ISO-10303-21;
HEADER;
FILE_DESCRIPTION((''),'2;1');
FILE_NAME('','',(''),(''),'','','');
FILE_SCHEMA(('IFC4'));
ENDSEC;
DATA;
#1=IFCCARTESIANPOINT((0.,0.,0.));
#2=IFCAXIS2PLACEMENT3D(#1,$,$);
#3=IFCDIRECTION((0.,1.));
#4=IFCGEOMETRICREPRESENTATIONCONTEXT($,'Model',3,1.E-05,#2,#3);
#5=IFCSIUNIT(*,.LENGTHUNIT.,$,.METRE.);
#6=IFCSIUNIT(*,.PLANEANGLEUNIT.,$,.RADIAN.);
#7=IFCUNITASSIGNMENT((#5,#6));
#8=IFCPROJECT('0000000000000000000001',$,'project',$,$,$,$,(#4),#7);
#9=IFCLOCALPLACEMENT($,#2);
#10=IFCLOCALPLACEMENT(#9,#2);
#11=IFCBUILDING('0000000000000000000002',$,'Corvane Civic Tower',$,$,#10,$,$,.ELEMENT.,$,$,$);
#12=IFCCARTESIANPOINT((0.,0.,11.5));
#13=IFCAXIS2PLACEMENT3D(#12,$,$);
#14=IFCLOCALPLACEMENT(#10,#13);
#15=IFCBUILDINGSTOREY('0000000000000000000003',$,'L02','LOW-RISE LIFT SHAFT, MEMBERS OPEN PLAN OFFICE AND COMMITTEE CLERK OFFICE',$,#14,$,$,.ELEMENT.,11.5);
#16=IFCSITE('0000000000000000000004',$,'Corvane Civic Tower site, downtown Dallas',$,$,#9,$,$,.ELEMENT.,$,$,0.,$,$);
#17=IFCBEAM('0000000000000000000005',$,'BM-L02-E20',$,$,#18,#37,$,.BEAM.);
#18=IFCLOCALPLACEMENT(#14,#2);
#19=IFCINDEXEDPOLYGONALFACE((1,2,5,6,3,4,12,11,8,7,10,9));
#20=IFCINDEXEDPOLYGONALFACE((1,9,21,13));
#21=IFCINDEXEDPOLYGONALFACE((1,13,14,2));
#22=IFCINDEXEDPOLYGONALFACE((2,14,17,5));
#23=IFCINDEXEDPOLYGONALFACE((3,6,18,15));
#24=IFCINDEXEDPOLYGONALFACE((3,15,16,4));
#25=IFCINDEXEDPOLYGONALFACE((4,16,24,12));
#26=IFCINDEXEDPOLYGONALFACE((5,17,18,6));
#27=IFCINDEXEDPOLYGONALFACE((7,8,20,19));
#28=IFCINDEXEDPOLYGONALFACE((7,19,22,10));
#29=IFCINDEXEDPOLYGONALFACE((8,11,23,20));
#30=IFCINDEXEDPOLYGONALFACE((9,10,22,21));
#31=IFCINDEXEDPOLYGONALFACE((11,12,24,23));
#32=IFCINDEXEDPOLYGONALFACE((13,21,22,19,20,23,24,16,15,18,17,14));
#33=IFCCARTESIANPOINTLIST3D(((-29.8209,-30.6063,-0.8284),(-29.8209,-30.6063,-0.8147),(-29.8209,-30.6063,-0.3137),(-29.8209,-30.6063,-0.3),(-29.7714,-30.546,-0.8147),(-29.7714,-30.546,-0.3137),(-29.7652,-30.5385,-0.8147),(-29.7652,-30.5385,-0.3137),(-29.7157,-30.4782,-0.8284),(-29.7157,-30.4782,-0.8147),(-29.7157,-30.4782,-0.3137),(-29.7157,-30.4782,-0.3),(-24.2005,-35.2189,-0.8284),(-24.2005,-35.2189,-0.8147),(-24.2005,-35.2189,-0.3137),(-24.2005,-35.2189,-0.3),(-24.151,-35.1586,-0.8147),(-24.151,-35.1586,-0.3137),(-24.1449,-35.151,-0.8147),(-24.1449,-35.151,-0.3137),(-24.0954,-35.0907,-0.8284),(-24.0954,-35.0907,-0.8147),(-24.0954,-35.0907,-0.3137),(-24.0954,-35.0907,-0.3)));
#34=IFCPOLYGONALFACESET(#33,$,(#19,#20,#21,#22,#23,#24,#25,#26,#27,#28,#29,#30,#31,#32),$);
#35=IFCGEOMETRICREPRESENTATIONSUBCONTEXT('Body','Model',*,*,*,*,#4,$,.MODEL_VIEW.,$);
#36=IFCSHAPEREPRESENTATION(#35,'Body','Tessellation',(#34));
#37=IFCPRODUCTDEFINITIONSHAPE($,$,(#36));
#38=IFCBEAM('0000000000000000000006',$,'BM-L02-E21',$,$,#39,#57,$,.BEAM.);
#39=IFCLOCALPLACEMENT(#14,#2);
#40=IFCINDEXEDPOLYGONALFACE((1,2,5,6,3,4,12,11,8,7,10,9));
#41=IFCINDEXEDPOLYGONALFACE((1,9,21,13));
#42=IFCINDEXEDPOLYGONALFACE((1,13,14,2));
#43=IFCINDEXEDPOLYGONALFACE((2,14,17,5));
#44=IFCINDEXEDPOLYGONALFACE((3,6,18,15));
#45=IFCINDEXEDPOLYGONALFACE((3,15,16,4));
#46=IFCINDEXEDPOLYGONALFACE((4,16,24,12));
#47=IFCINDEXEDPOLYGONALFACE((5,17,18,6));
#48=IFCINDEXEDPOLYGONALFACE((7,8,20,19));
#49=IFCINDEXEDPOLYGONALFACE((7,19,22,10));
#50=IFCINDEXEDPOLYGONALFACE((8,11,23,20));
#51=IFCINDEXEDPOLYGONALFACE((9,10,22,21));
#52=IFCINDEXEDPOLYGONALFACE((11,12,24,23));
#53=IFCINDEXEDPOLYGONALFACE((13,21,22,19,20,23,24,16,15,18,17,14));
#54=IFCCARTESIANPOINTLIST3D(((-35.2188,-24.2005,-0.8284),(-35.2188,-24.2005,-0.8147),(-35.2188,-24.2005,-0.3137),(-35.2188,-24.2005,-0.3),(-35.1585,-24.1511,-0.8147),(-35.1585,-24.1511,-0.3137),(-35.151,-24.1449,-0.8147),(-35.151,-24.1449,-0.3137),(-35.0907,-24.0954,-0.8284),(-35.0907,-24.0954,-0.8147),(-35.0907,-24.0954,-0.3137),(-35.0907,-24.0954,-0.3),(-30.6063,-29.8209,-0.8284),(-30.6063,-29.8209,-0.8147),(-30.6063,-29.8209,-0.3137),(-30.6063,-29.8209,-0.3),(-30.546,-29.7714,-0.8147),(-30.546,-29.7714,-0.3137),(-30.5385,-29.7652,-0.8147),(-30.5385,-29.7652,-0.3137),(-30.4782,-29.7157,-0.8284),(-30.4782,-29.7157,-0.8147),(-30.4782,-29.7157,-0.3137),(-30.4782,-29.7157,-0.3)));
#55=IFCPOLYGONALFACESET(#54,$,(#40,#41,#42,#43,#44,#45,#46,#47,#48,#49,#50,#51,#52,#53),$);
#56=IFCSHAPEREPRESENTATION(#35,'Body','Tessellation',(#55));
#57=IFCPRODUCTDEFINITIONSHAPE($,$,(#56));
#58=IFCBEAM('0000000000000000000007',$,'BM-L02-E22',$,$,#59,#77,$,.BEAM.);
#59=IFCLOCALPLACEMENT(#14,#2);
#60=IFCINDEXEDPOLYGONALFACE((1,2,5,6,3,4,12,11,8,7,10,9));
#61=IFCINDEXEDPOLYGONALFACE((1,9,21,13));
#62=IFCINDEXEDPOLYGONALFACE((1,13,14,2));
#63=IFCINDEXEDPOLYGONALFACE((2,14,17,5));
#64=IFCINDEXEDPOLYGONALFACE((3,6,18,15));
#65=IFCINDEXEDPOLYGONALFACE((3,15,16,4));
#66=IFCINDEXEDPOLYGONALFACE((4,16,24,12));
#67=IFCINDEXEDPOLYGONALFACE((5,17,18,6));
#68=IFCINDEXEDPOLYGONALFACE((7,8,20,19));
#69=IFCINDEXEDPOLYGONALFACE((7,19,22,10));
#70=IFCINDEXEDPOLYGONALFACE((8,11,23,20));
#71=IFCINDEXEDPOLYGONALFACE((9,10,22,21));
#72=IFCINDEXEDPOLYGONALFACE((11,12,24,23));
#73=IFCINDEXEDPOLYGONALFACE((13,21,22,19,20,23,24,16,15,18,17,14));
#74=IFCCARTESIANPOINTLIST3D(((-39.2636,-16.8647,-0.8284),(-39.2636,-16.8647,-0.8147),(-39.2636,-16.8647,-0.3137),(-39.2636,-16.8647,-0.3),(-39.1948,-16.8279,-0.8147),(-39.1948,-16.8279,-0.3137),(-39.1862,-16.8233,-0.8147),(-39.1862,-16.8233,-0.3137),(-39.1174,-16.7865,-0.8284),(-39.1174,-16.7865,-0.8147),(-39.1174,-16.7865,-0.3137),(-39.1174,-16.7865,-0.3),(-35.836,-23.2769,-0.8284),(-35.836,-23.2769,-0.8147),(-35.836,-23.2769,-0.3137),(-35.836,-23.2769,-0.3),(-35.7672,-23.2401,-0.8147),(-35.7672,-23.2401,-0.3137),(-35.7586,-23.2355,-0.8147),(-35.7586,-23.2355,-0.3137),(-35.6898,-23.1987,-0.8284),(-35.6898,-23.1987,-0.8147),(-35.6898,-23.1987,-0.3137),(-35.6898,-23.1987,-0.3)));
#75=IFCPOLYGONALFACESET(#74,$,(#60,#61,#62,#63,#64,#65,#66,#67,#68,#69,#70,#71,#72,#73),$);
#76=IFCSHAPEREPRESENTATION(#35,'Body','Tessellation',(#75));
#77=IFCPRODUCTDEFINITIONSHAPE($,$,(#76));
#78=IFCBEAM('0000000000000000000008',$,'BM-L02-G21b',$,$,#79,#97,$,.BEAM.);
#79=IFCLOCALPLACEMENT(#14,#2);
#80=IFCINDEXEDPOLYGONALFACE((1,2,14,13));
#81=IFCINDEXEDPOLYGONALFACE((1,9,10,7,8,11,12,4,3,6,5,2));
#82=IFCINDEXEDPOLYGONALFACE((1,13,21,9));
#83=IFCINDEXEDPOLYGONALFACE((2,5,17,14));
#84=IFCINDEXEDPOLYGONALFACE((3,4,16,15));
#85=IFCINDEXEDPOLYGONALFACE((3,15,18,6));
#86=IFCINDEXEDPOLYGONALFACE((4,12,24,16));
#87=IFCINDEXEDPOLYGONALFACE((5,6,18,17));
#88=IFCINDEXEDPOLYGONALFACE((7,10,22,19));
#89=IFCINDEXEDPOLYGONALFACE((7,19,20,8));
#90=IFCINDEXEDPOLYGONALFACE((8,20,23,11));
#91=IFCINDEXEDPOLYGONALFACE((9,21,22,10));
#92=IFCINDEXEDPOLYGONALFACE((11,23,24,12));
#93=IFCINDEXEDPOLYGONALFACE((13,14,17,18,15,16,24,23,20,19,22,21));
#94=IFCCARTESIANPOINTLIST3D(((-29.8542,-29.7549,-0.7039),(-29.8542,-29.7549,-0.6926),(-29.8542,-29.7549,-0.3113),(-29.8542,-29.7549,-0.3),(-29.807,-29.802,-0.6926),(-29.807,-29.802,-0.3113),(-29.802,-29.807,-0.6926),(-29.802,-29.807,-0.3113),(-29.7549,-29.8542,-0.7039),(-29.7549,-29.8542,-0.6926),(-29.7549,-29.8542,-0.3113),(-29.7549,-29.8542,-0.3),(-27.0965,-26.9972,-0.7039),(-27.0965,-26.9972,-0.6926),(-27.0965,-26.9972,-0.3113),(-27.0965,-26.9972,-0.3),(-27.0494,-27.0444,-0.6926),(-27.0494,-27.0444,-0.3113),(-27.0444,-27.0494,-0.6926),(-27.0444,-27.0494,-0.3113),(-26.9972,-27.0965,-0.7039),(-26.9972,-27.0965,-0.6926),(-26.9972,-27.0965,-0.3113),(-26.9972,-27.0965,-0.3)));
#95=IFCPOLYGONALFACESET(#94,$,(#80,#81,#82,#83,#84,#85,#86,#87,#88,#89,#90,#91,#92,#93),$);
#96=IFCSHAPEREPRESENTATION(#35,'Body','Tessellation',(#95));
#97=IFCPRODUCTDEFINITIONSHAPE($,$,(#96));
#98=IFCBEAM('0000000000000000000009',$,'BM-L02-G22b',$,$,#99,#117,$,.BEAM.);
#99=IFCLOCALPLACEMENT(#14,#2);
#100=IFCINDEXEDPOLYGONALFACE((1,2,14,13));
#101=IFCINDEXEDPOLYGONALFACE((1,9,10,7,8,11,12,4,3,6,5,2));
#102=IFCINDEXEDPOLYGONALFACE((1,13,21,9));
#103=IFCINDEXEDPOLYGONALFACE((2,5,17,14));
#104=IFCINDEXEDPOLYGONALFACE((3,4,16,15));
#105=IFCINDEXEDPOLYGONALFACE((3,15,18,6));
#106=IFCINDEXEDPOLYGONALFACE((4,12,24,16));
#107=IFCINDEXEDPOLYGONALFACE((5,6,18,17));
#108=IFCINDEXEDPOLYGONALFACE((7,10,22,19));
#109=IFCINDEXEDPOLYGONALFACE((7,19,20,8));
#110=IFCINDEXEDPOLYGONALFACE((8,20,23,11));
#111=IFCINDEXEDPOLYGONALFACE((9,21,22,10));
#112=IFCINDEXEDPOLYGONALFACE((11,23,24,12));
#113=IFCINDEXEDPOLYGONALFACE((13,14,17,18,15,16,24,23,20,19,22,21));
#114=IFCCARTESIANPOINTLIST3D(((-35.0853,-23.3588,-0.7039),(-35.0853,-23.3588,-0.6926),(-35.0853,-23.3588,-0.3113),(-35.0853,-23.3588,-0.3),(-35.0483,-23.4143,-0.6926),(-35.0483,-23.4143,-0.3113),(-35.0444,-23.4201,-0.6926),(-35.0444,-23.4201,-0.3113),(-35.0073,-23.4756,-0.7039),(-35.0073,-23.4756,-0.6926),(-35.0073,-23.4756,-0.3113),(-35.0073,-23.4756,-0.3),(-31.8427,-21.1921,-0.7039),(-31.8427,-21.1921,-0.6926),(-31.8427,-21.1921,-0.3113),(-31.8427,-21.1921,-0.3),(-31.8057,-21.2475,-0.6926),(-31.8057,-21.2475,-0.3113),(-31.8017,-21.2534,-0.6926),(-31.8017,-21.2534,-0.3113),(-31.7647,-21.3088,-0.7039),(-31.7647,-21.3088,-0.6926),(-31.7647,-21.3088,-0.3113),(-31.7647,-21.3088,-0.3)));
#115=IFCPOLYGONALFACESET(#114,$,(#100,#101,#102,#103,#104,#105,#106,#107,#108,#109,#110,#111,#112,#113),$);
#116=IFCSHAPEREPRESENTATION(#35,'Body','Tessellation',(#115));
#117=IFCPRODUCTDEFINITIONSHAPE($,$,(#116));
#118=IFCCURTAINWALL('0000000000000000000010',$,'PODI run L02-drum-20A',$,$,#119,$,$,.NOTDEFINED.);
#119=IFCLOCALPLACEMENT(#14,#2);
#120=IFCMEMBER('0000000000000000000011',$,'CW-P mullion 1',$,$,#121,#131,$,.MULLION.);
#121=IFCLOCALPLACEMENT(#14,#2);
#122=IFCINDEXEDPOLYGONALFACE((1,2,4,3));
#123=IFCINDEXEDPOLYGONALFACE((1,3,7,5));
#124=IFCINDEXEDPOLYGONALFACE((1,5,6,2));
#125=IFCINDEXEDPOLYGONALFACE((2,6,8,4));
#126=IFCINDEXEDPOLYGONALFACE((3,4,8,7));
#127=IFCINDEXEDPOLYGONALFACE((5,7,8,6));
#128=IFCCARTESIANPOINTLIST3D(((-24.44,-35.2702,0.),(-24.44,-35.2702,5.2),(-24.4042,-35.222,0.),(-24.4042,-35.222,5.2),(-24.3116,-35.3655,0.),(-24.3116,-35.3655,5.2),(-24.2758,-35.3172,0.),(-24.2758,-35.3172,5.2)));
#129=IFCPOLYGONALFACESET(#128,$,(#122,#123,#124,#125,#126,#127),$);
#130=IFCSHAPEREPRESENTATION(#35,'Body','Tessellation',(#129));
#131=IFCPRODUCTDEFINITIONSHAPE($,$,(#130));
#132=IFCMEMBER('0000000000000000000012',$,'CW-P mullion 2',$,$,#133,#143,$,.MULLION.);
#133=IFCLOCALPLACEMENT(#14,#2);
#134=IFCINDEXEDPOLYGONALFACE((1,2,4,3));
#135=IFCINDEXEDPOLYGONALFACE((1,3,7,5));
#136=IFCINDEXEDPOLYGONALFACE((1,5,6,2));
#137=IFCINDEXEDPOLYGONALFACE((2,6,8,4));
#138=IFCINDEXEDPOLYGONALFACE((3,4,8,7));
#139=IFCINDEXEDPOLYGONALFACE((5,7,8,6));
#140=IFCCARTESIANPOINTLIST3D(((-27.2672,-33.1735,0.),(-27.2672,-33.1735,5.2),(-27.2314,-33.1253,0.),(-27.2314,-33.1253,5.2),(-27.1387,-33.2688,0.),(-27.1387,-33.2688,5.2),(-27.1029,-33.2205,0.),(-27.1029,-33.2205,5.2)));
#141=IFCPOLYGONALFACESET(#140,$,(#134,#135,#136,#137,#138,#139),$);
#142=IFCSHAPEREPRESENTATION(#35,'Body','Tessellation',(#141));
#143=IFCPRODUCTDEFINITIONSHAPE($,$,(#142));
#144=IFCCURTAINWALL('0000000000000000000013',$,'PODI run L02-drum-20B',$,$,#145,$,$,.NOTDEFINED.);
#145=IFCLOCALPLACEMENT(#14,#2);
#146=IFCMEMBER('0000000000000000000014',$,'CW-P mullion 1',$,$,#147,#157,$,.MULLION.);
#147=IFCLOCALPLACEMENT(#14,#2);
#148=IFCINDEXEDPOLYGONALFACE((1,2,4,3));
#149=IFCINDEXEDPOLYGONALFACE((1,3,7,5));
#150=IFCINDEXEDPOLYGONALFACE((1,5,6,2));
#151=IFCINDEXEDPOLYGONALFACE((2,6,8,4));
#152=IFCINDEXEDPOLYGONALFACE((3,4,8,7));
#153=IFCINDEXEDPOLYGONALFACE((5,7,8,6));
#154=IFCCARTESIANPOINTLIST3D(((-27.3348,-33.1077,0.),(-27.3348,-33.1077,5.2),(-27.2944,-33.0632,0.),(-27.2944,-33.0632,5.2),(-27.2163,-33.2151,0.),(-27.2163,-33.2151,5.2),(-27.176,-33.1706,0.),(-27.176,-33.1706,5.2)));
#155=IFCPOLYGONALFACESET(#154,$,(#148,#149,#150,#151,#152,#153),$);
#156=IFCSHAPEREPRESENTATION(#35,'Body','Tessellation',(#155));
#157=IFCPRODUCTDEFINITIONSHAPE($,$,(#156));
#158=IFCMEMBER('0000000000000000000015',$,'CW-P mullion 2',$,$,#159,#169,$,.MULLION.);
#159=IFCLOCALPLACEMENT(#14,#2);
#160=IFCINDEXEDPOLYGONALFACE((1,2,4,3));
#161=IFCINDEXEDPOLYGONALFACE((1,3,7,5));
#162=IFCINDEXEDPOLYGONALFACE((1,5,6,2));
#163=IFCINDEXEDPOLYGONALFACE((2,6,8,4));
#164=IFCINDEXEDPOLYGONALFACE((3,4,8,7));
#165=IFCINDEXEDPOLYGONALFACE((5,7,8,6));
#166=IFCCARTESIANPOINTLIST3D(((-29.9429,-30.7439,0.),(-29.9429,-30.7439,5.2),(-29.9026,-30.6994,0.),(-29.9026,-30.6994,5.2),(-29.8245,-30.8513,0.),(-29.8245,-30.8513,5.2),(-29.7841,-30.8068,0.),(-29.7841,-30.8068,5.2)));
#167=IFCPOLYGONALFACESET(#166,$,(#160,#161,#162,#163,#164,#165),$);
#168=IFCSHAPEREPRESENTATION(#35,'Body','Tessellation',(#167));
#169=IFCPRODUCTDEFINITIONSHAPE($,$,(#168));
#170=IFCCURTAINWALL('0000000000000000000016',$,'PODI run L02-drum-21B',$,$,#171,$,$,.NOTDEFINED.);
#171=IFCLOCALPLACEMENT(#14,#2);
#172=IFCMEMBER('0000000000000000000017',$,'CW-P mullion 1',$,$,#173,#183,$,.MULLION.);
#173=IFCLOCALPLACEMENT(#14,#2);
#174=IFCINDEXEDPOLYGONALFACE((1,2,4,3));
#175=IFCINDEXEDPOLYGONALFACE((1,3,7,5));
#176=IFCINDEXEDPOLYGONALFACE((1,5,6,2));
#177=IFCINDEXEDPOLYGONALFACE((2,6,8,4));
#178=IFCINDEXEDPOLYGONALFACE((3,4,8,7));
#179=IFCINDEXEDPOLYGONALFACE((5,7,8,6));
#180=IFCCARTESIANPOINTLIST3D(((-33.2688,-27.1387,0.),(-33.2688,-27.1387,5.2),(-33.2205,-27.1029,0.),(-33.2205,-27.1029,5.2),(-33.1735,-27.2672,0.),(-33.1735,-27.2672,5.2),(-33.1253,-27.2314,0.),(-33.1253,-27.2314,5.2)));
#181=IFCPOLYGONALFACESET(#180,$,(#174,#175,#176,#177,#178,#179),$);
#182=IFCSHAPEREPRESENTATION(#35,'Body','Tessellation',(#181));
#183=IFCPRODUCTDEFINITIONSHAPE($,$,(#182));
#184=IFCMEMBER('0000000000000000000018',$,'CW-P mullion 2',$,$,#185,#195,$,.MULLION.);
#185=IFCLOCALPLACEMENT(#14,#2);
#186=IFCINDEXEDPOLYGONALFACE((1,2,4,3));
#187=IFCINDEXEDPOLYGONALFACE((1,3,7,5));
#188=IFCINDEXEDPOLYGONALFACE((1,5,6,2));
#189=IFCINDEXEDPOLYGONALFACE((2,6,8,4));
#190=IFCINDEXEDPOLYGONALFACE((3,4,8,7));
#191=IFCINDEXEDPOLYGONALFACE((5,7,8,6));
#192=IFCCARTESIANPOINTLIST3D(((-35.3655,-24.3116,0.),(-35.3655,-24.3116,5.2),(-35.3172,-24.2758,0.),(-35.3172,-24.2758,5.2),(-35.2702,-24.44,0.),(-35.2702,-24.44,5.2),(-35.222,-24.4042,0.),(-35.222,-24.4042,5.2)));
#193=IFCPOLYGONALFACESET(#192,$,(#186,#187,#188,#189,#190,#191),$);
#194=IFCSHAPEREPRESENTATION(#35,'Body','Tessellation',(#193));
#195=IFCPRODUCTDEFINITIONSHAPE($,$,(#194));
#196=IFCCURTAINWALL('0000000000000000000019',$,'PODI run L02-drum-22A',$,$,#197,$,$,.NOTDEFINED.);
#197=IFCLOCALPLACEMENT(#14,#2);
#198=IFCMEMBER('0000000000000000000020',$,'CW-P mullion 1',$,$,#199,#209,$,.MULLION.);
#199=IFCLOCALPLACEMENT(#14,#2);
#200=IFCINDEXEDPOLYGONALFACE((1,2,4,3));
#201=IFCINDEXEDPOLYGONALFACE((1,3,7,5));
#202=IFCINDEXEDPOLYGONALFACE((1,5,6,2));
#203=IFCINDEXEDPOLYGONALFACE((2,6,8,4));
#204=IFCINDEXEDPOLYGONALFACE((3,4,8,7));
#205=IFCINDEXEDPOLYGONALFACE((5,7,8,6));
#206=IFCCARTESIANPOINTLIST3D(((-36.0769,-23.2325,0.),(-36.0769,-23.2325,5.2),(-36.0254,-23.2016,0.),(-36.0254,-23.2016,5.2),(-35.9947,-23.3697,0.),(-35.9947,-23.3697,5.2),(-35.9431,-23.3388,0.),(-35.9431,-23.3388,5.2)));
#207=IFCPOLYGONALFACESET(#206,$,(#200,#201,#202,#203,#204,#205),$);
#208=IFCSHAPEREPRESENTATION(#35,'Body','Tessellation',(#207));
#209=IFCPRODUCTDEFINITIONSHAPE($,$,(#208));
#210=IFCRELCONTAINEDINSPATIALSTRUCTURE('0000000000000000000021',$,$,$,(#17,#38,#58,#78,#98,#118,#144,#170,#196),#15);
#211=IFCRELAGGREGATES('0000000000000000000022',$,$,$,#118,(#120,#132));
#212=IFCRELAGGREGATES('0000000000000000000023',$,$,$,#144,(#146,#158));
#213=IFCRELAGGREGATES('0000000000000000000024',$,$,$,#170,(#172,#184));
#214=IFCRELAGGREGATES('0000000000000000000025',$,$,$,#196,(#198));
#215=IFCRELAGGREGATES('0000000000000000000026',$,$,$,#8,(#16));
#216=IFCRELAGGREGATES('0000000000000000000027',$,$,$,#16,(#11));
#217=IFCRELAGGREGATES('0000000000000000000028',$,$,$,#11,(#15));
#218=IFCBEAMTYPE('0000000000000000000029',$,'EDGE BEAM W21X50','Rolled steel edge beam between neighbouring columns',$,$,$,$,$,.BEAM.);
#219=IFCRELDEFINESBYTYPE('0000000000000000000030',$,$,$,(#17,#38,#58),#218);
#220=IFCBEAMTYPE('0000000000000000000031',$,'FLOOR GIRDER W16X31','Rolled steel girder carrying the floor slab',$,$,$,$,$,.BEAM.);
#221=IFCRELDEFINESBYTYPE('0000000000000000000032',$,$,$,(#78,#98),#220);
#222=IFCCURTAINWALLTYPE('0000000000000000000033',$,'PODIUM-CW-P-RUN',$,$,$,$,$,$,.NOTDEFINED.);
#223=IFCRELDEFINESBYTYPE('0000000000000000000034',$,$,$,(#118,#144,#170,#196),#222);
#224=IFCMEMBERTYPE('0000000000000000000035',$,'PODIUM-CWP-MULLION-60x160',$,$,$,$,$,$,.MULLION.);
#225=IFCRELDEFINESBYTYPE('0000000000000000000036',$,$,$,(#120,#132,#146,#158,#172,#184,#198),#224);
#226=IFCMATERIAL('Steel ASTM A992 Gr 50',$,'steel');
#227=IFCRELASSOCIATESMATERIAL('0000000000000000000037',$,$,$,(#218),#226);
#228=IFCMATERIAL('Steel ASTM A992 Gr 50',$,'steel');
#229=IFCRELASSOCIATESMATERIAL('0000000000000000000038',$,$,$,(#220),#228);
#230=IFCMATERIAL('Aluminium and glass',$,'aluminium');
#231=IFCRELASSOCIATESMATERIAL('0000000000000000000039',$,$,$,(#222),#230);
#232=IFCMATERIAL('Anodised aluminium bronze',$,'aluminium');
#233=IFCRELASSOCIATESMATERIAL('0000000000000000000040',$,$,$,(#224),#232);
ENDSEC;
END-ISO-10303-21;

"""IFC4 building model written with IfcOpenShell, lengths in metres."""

from ifc_helpers import new_model, si_unit, direction, frame, origin, origin_2d, place, context, subcontext, project, spatial, rectangle, i_section, extrude, material, material_profile, profile_set, type_object, element, aggregate, save


model = new_model("IFC4")

# Units and contexts
model_context = context("Model", 3, precision=1e-05, world=origin(), true_north=direction((0.0, 1.0)))
body_context = subcontext(model_context, "Body", "Model", "MODEL_VIEW")
ifc_project = project(units=[si_unit("LENGTHUNIT", "METRE"), si_unit("PLANEANGLEUNIT", "RADIAN")], contexts=[model_context])

# Site, building, storey
site_placement = place(None, origin())
site = spatial("IfcSite", under=ifc_project, at=site_placement, Name="Corvane Civic Tower site, downtown Dallas", CompositionType="ELEMENT", RefElevation=0.0)
building_placement = place(site_placement, origin())
building = spatial("IfcBuilding", under=site, at=building_placement, Name="Corvane Civic Tower", CompositionType="ELEMENT")
storey_placement = place(building_placement, frame((0.0, 0.0, 11.5)))
storey = spatial("IfcBuildingStorey", under=building, at=storey_placement, Name="L02", Description="LOW-RISE LIFT SHAFT, MEMBERS OPEN PLAN OFFICE AND COMMITTEE CLERK OFFICE", CompositionType="ELEMENT", Elevation=11.5)

# Beams
ifc_material_1 = material(Name="Steel ASTM A992 Gr 50", Category="steel")
ifc_material_profile_1 = material_profile(ifc_material_1, i_section(OverallWidth=0.1658, OverallDepth=0.5283, WebThickness=0.0098, FlangeThickness=0.0137, at=origin_2d()), Name="W21X50")
ifc_profile_set_1 = profile_set([ifc_material_profile_1], Name="Steel ASTM A992 Gr 50")
beam_type_1 = type_object("IfcBeamType", Name="EDGE BEAM W21X50", Description="Rolled steel edge beam between neighbouring columns", PredefinedType="BEAM", material=ifc_profile_set_1)
for number, where, z_axis, x_axis, name in (
    (1, (-24.1479, -35.1548, -0.5642), (-0.773008, 0.634396, 0.0), (-0.634396, -0.773008, 0.0), "BM-L02-E20"),
    (2, (-30.5422, -29.7683, -0.5642), (-0.634396, 0.773008, 0.0), (-0.773008, -0.634396, 0.0), "BM-L02-E21"),
    (3, (-35.7629, -23.2378, -0.5642), (-0.471412, 0.881913, 0.0), (-0.881913, -0.471412, 0.0), "BM-L02-E22"),
):
    element("IfcBeam", number, at=place(storey_placement, frame(where, z_axis=z_axis, x_axis=x_axis)), inside=storey, type_object=beam_type_1, Name=name, PredefinedType="BEAM", context=body_context, shape_type="SweptSolid", body=[
        extrude(i_section(OverallWidth=0.1658, OverallDepth=0.5283, WebThickness=0.0098, FlangeThickness=0.0137, at=origin_2d()), origin(), (0.0, 0.0, 1.0), 7.2708),
    ])
ifc_material_2 = material(Name="Steel ASTM A992 Gr 50", Category="steel")
ifc_material_profile_2 = material_profile(ifc_material_2, i_section(OverallWidth=0.1404, OverallDepth=0.4038, WebThickness=0.0071, FlangeThickness=0.0112, at=origin_2d()), Name="W16X31")
ifc_profile_set_2 = profile_set([ifc_material_profile_2], Name="Steel ASTM A992 Gr 50")
beam_type_2 = type_object("IfcBeamType", Name="FLOOR GIRDER W16X31", Description="Rolled steel girder carrying the floor slab", PredefinedType="BEAM", material=ifc_profile_set_2)
for number, where, z_axis, x_axis, name in (
    (4, (-27.0469, -27.0469, -0.502), (-0.707107, -0.707107, 0.0), (0.707107, -0.707107, 0.0), "BM-L02-G21b"),
    (5, (-31.8037, -21.2505, -0.502), (-0.831462, -0.555581, 0.0), (0.555581, -0.831462, 0.0), "BM-L02-G22b"),
):
    element("IfcBeam", number, at=place(storey_placement, frame(where, z_axis=z_axis, x_axis=x_axis)), inside=storey, type_object=beam_type_2, Name=name, PredefinedType="BEAM", context=body_context, shape_type="SweptSolid", body=[
        extrude(i_section(OverallWidth=0.1404, OverallDepth=0.4038, WebThickness=0.0071, FlangeThickness=0.0112, at=origin_2d()), origin(), (0.0, 0.0, 1.0), 3.8999),
    ])

# Curtain walls, members
ifc_material_3 = material(Name="Aluminium and glass", Category="aluminium")
curtain_wall_type = type_object("IfcCurtainWallType", Name="PODIUM-CW-P-RUN", PredefinedType="NOTDEFINED", material=ifc_material_3)
curtain_wall_1_placement = place(storey_placement, origin())
curtain_wall_1 = element("IfcCurtainWall", 6, at=curtain_wall_1_placement, inside=storey, type_object=curtain_wall_type, Name="PODI run L02-drum-20A", PredefinedType="NOTDEFINED")
ifc_material_4 = material(Name="Anodised aluminium bronze", Category="aluminium")
ifc_material_profile_3 = material_profile(ifc_material_4, rectangle(XDim=0.0601, YDim=0.1599, at=origin_2d()), Name="AL 60x160")
ifc_profile_set_3 = profile_set([ifc_material_profile_3], Name="Anodised aluminium bronze")
member_type_1 = type_object("IfcMemberType", Name="PODIUM-CWP-MULLION-60x160", PredefinedType="MULLION", material=ifc_profile_set_3)
member_1_placement = place(storey_placement, frame((-24.3579, -35.2937, 0.0), z_axis=(0.0, 0.0, 1.0), x_axis=(-0.595705, -0.803203, 0.0)))
member_1 = element("IfcMember", 7, at=member_1_placement, type_object=member_type_1, Name="CW-P mullion 1", PredefinedType="MULLION", context=body_context, shape_type="SweptSolid", body=[
    extrude(rectangle(XDim=0.0601, YDim=0.1599, at=origin_2d()), origin(), (0.0, 0.0, 1.0), 5.2),
])
member_2_placement = place(storey_placement, frame((-27.1851, -33.197, 0.0), z_axis=(0.0, 0.0, 1.0), x_axis=(-0.595705, -0.803203, 0.0)))
member_2 = element("IfcMember", 8, at=member_2_placement, type_object=member_type_1, Name="CW-P mullion 2", PredefinedType="MULLION", context=body_context, shape_type="SweptSolid", body=[
    extrude(rectangle(XDim=0.0601, YDim=0.1599, at=origin_2d()), origin(), (0.0, 0.0, 1.0), 5.2),
])
curtain_wall_2_placement = place(storey_placement, origin())
curtain_wall_2 = element("IfcCurtainWall", 9, at=curtain_wall_2_placement, inside=storey, type_object=curtain_wall_type, Name="PODI run L02-drum-20B", PredefinedType="NOTDEFINED")
member_3_placement = place(storey_placement, frame((-27.2554, -33.1392, 0.0), z_axis=(0.0, 0.0, 1.0), x_axis=(-0.671576, -0.740935, 0.0)))
member_3 = element("IfcMember", 10, at=member_3_placement, type_object=member_type_1, Name="CW-P mullion 1", PredefinedType="MULLION", context=body_context, shape_type="SweptSolid", body=[
    extrude(rectangle(XDim=0.0601, YDim=0.1599, at=origin_2d()), origin(), (0.0, 0.0, 1.0), 5.2),
])
member_4_placement = place(storey_placement, frame((-29.8635, -30.7754, 0.0), z_axis=(0.0, 0.0, 1.0), x_axis=(-0.671576, -0.740935, 0.0)))
member_4 = element("IfcMember", 11, at=member_4_placement, type_object=member_type_1, Name="CW-P mullion 2", PredefinedType="MULLION", context=body_context, shape_type="SweptSolid", body=[
    extrude(rectangle(XDim=0.0601, YDim=0.1599, at=origin_2d()), origin(), (0.0, 0.0, 1.0), 5.2),
])
curtain_wall_3_placement = place(storey_placement, origin())
curtain_wall_3 = element("IfcCurtainWall", 12, at=curtain_wall_3_placement, inside=storey, type_object=curtain_wall_type, Name="PODI run L02-drum-21B", PredefinedType="NOTDEFINED")
member_5_placement = place(storey_placement, frame((-33.197, -27.1851, 0.0), z_axis=(0.0, 0.0, 1.0), x_axis=(-0.803203, -0.595705, 0.0)))
member_5 = element("IfcMember", 13, at=member_5_placement, type_object=member_type_1, Name="CW-P mullion 1", PredefinedType="MULLION", context=body_context, shape_type="SweptSolid", body=[
    extrude(rectangle(XDim=0.0601, YDim=0.1599, at=origin_2d()), origin(), (0.0, 0.0, 1.0), 5.2),
])
member_6_placement = place(storey_placement, frame((-35.2937, -24.3579, 0.0), z_axis=(0.0, 0.0, 1.0), x_axis=(-0.803203, -0.595705, 0.0)))
member_6 = element("IfcMember", 14, at=member_6_placement, type_object=member_type_1, Name="CW-P mullion 2", PredefinedType="MULLION", context=body_context, shape_type="SweptSolid", body=[
    extrude(rectangle(XDim=0.0601, YDim=0.1599, at=origin_2d()), origin(), (0.0, 0.0, 1.0), 5.2),
])
curtain_wall_4_placement = place(storey_placement, origin())
curtain_wall_4 = element("IfcCurtainWall", 15, at=curtain_wall_4_placement, inside=storey, type_object=curtain_wall_type, Name="PODI run L02-drum-22A", PredefinedType="NOTDEFINED")
member_7_placement = place(storey_placement, frame((-36.01, -23.2856, 0.0), z_axis=(0.0, 0.0, 1.0), x_axis=(-0.85772, -0.514118, 0.0)))
member_7 = element("IfcMember", 16, at=member_7_placement, type_object=member_type_1, Name="CW-P mullion 1", PredefinedType="MULLION", context=body_context, shape_type="SweptSolid", body=[
    extrude(rectangle(XDim=0.0601, YDim=0.1599, at=origin_2d()), origin(), (0.0, 0.0, 1.0), 5.2),
])

aggregate(curtain_wall_1, [member_1, member_2])
aggregate(curtain_wall_2, [member_3, member_4])
aggregate(curtain_wall_3, [member_5, member_6])
aggregate(curtain_wall_4, [member_7])

save(model, "model.ifc")
